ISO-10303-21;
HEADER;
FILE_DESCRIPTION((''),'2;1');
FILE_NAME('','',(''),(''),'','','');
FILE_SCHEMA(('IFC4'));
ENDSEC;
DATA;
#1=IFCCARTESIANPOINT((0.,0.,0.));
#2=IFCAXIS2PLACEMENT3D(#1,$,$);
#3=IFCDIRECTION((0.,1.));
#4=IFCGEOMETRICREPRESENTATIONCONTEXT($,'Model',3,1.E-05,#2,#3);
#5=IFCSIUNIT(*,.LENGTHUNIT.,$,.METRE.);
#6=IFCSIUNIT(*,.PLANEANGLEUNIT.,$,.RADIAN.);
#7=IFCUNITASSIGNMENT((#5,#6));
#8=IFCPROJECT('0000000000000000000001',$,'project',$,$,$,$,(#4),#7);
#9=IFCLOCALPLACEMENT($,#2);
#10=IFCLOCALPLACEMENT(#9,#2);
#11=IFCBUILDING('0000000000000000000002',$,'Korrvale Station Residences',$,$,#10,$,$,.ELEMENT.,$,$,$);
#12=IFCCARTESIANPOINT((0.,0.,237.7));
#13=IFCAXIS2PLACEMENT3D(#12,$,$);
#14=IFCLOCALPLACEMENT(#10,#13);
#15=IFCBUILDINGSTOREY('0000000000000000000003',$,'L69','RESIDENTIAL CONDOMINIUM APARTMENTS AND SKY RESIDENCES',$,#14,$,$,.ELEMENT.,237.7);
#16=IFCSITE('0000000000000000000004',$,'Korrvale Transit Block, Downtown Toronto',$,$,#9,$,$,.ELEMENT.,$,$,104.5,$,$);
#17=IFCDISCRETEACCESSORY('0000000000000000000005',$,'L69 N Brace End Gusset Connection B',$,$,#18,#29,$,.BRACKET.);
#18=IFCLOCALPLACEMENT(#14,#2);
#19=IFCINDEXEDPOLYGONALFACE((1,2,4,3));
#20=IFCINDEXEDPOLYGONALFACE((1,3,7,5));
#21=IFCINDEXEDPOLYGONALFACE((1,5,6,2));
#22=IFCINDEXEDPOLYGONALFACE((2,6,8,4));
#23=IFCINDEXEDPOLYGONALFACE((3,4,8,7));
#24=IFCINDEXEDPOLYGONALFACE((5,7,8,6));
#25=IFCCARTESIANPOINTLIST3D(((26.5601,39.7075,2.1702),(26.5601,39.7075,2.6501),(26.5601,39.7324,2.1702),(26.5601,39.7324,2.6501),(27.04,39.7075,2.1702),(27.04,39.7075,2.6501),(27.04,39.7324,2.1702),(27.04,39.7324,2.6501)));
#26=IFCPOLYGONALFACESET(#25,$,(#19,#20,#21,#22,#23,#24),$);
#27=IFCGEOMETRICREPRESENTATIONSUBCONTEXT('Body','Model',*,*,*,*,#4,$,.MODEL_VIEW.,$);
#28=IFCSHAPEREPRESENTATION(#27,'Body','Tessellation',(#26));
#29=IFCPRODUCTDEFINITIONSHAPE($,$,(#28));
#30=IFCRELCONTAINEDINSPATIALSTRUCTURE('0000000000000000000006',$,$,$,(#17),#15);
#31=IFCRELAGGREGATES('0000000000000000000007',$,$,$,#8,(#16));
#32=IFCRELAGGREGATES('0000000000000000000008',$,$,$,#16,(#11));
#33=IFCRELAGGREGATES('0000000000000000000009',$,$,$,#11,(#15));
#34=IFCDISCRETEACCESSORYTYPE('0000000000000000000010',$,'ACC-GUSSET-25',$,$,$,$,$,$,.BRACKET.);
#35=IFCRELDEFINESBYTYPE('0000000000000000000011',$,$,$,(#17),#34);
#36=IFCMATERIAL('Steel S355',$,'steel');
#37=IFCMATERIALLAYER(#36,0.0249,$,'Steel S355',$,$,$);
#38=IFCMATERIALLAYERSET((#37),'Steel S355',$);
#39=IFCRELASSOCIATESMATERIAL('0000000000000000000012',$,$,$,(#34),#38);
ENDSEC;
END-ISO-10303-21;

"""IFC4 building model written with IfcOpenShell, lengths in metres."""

from ifc_helpers import new_model, si_unit, direction, frame, origin, origin_2d, place, context, subcontext, project, spatial, rectangle, extrude, material, layer, layer_set, type_object, element, save


model = new_model("IFC4")

# Units and contexts
model_context = context("Model", 3, precision=1e-05, world=origin(), true_north=direction((0.0, 1.0)))
body_context = subcontext(model_context, "Body", "Model", "MODEL_VIEW")
ifc_project = project(units=[si_unit("LENGTHUNIT", "METRE"), si_unit("PLANEANGLEUNIT", "RADIAN")], contexts=[model_context])

# Site, building, storey
site_placement = place(None, origin())
site = spatial("IfcSite", under=ifc_project, at=site_placement, Name="Korrvale Transit Block, Downtown Toronto", CompositionType="ELEMENT", RefElevation=104.5)
building_placement = place(site_placement, origin())
building = spatial("IfcBuilding", under=site, at=building_placement, Name="Korrvale Station Residences", CompositionType="ELEMENT")
storey_placement = place(building_placement, frame((0.0, 0.0, 237.7)))
storey = spatial("IfcBuildingStorey", under=building, at=storey_placement, Name="L69", Description="RESIDENTIAL CONDOMINIUM APARTMENTS AND SKY RESIDENCES", CompositionType="ELEMENT", Elevation=237.7)

# Shared definitions
ifc_material_1 = material(Name="Steel S355", Category="steel")

# Discrete accessory
ifc_layer_1 = layer(ifc_material_1, 0.0249, Name="Steel S355")
ifc_layer_set_1 = layer_set([ifc_layer_1], Name="Steel S355")
discrete_accessory_type = type_object("IfcDiscreteAccessoryType", Name="ACC-GUSSET-25", PredefinedType="BRACKET", material=ifc_layer_set_1)
for number, where, z_axis, x_axis, name in (
    (1, (26.8, 39.72, 2.1702), (0.0, 0.0, 1.0), (1.0, 0.0, 0.0), "L69 N Brace End Gusset Connection B"),
):
    element("IfcDiscreteAccessory", number, at=place(storey_placement, frame(where, z_axis=z_axis, x_axis=x_axis)), inside=storey, type_object=discrete_accessory_type, Name=name, PredefinedType="BRACKET", context=body_context, shape_type="SweptSolid", body=[
        extrude(rectangle(XDim=0.48, YDim=0.0249, at=origin_2d()), origin(), (0.0, 0.0, 1.0), 0.48),
    ])

save(model, "model.ifc")
